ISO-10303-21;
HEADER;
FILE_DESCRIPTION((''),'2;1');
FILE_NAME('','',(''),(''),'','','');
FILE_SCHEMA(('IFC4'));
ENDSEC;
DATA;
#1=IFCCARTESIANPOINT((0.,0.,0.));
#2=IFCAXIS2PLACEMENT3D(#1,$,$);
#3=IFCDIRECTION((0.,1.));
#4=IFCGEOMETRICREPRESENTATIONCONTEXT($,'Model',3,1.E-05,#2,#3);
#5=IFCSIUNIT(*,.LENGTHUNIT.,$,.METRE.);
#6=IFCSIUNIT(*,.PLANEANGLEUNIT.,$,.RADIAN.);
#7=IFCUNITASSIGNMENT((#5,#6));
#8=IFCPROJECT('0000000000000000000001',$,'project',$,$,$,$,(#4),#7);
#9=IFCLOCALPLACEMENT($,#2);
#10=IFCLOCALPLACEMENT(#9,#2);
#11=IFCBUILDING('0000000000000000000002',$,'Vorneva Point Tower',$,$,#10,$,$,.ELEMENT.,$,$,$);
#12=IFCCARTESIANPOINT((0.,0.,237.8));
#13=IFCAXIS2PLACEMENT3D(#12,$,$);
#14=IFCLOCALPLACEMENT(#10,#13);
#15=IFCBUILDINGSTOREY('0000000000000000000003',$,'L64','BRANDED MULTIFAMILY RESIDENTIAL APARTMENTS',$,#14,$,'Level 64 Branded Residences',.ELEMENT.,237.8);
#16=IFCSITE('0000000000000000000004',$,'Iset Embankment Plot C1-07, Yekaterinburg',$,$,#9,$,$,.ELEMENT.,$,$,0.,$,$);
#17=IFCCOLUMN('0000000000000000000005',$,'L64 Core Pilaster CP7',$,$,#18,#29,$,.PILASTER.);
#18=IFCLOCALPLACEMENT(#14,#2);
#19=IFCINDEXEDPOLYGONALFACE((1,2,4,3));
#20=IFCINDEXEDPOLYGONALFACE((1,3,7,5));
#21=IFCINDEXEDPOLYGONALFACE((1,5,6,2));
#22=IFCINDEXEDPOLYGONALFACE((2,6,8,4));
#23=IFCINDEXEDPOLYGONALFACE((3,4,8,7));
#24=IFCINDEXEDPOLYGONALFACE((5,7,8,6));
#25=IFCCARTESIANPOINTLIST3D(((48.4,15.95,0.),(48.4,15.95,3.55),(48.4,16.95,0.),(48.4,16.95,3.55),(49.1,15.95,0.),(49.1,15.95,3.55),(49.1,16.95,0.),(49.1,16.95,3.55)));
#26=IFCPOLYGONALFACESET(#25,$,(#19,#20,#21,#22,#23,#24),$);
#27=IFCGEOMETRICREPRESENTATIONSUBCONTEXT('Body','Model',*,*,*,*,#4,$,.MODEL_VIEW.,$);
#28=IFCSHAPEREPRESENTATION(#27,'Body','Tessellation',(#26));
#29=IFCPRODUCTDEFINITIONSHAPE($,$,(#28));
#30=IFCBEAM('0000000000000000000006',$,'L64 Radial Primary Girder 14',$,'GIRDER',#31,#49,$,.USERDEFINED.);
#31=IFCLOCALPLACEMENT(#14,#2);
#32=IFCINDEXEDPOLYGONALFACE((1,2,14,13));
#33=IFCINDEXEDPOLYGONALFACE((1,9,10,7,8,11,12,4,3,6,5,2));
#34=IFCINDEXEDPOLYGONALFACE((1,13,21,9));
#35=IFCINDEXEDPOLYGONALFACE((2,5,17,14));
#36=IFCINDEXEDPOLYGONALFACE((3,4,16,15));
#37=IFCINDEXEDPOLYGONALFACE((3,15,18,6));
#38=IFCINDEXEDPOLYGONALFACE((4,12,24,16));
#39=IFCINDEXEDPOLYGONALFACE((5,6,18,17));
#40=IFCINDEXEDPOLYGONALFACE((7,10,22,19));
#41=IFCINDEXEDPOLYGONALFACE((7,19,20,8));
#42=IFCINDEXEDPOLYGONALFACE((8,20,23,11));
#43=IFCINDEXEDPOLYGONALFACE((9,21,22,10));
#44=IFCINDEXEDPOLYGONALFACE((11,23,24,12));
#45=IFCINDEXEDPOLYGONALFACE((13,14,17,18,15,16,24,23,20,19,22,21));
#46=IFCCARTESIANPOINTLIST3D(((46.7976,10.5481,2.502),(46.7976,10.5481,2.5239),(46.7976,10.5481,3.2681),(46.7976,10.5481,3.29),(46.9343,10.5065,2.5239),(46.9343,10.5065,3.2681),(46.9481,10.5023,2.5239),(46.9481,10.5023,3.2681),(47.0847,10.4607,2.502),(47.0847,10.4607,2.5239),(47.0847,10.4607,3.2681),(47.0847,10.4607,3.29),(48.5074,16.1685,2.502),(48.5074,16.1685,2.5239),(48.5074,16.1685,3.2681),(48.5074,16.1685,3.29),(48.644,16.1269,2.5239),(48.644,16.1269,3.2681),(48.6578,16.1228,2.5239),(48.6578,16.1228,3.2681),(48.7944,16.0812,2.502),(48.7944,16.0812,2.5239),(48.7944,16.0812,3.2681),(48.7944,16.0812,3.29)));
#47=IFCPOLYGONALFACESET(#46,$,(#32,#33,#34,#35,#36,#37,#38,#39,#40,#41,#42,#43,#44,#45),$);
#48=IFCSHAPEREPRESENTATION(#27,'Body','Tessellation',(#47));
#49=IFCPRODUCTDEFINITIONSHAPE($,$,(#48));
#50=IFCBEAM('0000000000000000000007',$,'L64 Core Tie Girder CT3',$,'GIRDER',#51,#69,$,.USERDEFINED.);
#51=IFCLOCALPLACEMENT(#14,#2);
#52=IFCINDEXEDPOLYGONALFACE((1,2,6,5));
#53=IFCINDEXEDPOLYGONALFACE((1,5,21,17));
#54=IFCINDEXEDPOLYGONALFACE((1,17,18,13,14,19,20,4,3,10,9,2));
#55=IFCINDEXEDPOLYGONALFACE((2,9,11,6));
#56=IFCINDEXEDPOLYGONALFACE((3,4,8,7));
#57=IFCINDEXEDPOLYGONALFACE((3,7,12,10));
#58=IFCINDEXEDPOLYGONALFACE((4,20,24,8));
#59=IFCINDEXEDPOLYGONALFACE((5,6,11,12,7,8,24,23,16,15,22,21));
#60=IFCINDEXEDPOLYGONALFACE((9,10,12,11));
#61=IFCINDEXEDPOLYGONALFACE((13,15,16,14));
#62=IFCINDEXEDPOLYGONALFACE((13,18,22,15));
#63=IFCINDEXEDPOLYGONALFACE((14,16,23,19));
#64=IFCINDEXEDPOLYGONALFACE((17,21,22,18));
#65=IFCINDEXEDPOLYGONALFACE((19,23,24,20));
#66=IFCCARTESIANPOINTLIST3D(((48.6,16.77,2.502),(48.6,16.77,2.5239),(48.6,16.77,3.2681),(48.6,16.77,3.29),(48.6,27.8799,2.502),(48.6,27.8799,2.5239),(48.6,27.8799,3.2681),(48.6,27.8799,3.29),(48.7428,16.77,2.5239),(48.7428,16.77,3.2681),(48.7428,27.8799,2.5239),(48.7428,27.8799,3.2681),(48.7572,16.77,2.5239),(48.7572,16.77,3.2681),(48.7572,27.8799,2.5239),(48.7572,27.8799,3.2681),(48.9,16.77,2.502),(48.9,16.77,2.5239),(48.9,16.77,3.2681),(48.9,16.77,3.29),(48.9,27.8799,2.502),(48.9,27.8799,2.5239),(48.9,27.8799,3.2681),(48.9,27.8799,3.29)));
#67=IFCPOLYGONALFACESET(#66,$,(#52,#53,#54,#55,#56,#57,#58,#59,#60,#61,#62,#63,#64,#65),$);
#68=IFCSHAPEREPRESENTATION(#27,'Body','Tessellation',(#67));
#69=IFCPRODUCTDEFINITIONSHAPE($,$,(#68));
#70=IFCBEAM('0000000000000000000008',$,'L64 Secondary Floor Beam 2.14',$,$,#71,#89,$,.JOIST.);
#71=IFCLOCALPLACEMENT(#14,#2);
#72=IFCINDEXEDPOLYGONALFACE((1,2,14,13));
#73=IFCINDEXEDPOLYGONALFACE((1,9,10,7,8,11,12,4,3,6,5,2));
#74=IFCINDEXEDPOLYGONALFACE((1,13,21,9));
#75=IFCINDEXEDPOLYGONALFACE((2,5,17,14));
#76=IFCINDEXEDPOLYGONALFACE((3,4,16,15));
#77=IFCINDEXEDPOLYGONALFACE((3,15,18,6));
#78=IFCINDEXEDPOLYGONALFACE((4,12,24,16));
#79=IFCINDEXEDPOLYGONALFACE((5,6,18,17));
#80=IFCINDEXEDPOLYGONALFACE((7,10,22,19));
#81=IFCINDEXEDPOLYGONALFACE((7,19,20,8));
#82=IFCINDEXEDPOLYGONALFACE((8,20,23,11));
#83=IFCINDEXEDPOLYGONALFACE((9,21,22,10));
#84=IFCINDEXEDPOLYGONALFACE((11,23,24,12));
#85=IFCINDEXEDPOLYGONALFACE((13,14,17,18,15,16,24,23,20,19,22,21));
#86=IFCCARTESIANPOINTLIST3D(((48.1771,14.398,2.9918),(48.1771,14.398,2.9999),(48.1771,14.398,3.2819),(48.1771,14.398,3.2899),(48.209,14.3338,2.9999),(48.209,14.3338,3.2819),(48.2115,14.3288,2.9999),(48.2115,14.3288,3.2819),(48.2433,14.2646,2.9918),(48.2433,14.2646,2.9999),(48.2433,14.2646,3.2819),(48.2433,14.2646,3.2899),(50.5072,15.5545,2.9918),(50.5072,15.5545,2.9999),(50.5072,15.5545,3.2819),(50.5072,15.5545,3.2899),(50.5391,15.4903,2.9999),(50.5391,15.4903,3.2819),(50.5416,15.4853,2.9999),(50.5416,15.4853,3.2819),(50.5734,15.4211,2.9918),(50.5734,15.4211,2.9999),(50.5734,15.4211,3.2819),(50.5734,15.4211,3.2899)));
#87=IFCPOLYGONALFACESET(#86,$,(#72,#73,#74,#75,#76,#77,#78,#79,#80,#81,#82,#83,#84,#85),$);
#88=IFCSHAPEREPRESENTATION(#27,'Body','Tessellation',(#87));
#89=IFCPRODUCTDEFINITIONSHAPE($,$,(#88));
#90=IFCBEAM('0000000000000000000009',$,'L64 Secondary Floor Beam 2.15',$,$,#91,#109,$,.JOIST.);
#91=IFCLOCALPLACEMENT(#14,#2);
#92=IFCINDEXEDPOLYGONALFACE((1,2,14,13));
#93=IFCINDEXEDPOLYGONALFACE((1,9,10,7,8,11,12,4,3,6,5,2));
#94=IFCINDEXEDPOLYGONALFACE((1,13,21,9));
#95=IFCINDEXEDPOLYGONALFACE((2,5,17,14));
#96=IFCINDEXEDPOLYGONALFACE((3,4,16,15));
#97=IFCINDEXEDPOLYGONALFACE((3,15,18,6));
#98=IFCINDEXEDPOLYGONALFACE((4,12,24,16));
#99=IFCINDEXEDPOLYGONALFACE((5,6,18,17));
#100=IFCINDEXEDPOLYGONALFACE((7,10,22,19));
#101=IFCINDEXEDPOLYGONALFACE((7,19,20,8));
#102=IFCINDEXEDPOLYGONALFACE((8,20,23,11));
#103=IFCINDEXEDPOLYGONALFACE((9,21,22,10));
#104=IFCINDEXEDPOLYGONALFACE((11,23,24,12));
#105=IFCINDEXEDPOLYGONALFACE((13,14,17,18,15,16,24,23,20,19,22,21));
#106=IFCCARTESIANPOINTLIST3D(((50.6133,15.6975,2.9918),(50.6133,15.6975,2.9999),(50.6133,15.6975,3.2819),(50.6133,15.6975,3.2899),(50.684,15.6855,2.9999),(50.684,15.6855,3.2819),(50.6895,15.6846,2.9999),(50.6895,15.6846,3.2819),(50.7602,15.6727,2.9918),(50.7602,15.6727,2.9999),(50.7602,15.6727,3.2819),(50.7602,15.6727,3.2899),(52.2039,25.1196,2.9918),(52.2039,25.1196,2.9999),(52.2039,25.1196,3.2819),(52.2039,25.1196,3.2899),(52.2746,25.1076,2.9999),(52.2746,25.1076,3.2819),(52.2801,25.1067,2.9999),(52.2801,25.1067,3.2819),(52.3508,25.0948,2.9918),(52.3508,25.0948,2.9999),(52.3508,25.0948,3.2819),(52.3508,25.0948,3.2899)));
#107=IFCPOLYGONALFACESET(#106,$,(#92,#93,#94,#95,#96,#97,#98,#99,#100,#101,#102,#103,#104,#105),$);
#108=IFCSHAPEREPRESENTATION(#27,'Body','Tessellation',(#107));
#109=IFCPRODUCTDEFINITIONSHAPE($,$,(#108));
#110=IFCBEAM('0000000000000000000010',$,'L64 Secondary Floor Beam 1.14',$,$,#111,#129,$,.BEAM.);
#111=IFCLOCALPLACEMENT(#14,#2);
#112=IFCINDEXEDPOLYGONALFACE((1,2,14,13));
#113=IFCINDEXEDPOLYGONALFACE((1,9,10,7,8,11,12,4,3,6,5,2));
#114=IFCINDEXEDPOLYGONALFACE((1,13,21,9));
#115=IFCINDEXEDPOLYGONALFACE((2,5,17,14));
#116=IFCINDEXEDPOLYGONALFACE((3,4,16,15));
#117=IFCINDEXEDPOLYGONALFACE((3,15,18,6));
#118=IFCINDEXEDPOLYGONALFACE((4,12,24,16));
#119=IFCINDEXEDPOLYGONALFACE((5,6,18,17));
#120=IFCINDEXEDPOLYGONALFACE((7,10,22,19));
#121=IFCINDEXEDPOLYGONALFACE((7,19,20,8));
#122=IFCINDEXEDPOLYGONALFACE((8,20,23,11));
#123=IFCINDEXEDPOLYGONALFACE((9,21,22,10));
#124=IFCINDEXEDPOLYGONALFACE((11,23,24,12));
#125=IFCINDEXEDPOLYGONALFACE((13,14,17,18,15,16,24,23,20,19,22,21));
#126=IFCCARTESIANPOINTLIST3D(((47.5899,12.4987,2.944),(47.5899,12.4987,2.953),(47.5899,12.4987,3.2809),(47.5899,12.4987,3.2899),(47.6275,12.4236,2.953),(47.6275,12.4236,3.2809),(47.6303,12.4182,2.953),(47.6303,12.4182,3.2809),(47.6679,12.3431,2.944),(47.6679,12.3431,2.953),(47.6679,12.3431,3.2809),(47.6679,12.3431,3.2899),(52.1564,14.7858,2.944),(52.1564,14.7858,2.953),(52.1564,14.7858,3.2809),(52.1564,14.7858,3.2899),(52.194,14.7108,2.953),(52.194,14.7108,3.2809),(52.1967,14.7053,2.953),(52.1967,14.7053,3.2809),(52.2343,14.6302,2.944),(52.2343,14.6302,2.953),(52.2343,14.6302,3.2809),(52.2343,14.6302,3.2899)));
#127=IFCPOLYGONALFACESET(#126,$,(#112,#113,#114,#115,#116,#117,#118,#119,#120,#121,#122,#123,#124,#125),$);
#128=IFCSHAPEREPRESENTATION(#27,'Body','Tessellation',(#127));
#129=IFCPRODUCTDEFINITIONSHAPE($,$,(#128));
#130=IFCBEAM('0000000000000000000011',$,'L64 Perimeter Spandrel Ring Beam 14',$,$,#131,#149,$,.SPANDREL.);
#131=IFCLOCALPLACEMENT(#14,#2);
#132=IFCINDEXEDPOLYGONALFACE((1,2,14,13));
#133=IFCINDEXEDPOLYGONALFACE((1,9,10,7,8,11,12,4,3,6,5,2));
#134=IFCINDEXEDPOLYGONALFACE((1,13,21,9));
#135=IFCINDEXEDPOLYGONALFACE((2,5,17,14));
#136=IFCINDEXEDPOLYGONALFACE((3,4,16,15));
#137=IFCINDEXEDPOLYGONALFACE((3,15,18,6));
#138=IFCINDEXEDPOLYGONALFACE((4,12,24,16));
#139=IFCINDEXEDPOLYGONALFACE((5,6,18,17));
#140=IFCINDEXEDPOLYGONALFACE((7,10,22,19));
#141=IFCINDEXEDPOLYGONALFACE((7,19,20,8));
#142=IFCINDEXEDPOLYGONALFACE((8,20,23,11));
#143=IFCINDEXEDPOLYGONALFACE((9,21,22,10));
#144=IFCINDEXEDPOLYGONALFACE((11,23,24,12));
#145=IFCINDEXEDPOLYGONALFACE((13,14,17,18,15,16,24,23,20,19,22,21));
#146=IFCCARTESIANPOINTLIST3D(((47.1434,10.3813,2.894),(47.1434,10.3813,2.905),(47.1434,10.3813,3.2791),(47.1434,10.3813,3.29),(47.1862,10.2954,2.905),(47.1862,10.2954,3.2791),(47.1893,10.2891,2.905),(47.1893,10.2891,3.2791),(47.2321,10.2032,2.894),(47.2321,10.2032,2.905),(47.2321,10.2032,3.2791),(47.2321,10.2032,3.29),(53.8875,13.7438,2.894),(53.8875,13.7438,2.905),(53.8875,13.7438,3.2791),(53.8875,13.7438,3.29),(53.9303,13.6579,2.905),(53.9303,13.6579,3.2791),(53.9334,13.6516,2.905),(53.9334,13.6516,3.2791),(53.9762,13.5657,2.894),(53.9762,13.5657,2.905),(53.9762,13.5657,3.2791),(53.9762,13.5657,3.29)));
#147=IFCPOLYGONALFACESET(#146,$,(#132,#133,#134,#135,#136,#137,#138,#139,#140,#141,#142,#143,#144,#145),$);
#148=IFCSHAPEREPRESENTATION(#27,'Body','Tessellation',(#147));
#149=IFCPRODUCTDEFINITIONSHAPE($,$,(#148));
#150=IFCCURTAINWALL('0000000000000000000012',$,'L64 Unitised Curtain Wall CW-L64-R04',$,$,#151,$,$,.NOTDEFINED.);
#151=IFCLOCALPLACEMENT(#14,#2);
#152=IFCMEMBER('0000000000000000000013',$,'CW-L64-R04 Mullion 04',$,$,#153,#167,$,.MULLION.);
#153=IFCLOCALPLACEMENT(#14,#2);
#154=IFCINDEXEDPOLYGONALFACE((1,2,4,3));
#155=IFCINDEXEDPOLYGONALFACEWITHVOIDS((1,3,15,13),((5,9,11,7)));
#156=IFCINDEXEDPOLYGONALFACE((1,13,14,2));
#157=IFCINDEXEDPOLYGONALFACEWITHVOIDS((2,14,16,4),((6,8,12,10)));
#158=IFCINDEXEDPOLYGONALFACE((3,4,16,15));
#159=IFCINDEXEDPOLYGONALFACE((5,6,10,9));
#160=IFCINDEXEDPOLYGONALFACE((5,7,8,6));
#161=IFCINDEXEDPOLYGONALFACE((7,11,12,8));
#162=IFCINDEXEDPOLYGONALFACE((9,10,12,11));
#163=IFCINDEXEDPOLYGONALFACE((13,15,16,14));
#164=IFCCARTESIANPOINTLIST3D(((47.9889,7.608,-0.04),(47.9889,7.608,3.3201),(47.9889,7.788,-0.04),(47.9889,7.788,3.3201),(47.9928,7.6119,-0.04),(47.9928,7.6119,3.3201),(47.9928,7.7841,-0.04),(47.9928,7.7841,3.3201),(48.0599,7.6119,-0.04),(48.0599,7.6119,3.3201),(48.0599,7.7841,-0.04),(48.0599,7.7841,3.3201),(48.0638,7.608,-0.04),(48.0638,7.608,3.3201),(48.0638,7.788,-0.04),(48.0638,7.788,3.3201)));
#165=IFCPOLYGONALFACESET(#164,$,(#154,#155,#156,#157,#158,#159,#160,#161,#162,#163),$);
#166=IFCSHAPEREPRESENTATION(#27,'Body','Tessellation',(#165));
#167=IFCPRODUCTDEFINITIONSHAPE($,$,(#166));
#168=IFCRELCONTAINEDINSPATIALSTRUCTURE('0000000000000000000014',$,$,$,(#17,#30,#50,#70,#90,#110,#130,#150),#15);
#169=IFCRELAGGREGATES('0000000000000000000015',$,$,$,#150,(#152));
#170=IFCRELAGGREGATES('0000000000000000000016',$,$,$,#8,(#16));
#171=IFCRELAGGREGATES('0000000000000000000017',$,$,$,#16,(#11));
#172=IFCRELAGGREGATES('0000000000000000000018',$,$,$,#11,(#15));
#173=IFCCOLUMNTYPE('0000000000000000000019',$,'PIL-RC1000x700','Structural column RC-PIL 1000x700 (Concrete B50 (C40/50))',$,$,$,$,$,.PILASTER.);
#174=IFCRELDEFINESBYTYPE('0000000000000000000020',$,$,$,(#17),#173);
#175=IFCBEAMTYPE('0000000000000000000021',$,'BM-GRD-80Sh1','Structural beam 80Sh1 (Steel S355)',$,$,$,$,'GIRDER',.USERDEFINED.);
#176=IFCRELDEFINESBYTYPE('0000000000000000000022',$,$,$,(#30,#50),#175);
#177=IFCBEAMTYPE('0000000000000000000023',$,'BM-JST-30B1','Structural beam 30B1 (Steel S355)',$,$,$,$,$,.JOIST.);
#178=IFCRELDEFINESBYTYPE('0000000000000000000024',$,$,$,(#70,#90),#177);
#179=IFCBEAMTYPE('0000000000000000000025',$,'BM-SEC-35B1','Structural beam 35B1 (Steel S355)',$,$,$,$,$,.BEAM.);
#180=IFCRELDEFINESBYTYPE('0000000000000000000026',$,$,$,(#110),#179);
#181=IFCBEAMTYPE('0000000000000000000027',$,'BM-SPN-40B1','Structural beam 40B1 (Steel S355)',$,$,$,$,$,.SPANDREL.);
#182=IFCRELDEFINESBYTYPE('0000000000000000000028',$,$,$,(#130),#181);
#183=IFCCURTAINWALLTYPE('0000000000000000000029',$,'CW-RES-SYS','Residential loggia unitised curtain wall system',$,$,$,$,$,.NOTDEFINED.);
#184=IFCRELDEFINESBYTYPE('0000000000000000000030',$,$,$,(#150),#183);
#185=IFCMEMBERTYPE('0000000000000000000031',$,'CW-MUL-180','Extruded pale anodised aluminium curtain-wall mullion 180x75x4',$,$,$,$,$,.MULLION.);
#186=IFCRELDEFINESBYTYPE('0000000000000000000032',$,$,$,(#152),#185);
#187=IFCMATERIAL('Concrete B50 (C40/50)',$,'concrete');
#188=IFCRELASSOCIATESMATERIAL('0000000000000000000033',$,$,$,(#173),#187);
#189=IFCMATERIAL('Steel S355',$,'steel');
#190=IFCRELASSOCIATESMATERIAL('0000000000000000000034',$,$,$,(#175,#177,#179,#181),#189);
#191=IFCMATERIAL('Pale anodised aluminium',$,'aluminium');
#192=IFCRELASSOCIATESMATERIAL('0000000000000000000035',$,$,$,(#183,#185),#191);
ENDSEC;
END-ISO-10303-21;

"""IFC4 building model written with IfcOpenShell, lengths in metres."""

from ifc_helpers import new_model, si_unit, direction, frame, origin, origin_2d, place, context, subcontext, project, spatial, rectangle, hollow_rectangle, i_section, extrude, material, material_profile, profile_set, type_object, element, aggregate, save


model = new_model("IFC4")

# Units and contexts
model_context = context("Model", 3, precision=1e-05, world=origin(), true_north=direction((0.0, 1.0)))
body_context = subcontext(model_context, "Body", "Model", "MODEL_VIEW")
ifc_project = project(units=[si_unit("LENGTHUNIT", "METRE"), si_unit("PLANEANGLEUNIT", "RADIAN")], contexts=[model_context])

# Site, building, storey
site_placement = place(None, origin())
site = spatial("IfcSite", under=ifc_project, at=site_placement, Name="Iset Embankment Plot C1-07, Yekaterinburg", CompositionType="ELEMENT", RefElevation=0.0)
building_placement = place(site_placement, origin())
building = spatial("IfcBuilding", under=site, at=building_placement, Name="Vorneva Point Tower", CompositionType="ELEMENT")
storey_placement = place(building_placement, frame((0.0, 0.0, 237.8)))
storey = spatial("IfcBuildingStorey", under=building, at=storey_placement, Name="L64", Description="BRANDED MULTIFAMILY RESIDENTIAL APARTMENTS", LongName="Level 64 Branded Residences", CompositionType="ELEMENT", Elevation=237.8)

# Column
ifc_material_1 = material(Name="Concrete B50 (C40/50)", Category="concrete")
ifc_material_profile_1 = material_profile(ifc_material_1, rectangle(XDim=0.7, YDim=1.0, at=origin_2d()), Name="RC-PIL 1000x700")
ifc_profile_set_1 = profile_set([ifc_material_profile_1], Name="Concrete B50 (C40/50)")
column_type_1 = type_object("IfcColumnType", Name="PIL-RC1000x700", Description="Structural column RC-PIL 1000x700 (Concrete B50 (C40/50))", PredefinedType="PILASTER", material=ifc_profile_set_1)
column_1_placement = place(storey_placement, frame((48.75, 16.45, 0.0), z_axis=(0.0, 0.0, 1.0), x_axis=(1.0, 0.0, 0.0)))
element("IfcColumn", 1, at=column_1_placement, inside=storey, type_object=column_type_1, Name="L64 Core Pilaster CP7", PredefinedType="PILASTER", context=body_context, shape_type="SweptSolid", body=[
    extrude(rectangle(XDim=0.7, YDim=1.0, at=origin_2d()), origin(), (0.0, 0.0, 1.0), 3.55),
])

# Beams
ifc_material_2 = material(Name="Steel S355", Category="steel")
ifc_material_profile_2 = material_profile(ifc_material_2, i_section(OverallWidth=0.3, OverallDepth=0.7881, WebThickness=0.0144, FlangeThickness=0.022, at=origin_2d()), Name="80Sh1")
ifc_profile_set_2 = profile_set([ifc_material_profile_2], Name="Steel S355")
beam_type_1 = type_object("IfcBeamType", Name="BM-GRD-80Sh1", Description="Structural beam 80Sh1 (Steel S355)", ElementType="GIRDER", PredefinedType="USERDEFINED", material=ifc_profile_set_2)
beam_1_placement = place(storey_placement, frame((46.9412, 10.5044, 2.896), z_axis=(0.291033, 0.956713, 0.0), x_axis=(-0.956713, 0.291033, 0.0)))
element("IfcBeam", 2, at=beam_1_placement, inside=storey, type_object=beam_type_1, Name="L64 Radial Primary Girder 14", ObjectType="GIRDER", PredefinedType="USERDEFINED", context=body_context, shape_type="SweptSolid", body=[
    extrude(i_section(OverallWidth=0.3, OverallDepth=0.7881, WebThickness=0.0144, FlangeThickness=0.022, at=origin_2d()), origin(), (0.0, 0.0, 1.0), 5.8748),
])
beam_2_placement = place(storey_placement, frame((48.75, 16.77, 2.896), z_axis=(0.0, 1.0, 0.0), x_axis=(-1.0, 0.0, 0.0)))
element("IfcBeam", 3, at=beam_2_placement, inside=storey, type_object=beam_type_1, Name="L64 Core Tie Girder CT3", ObjectType="GIRDER", PredefinedType="USERDEFINED", context=body_context, shape_type="SweptSolid", body=[
    extrude(i_section(OverallWidth=0.3, OverallDepth=0.7881, WebThickness=0.0144, FlangeThickness=0.022, at=origin_2d()), origin(), (0.0, 0.0, 1.0), 11.1099),
])
ifc_material_profile_3 = material_profile(ifc_material_2, i_section(OverallWidth=0.1489, OverallDepth=0.2981, WebThickness=0.0056, FlangeThickness=0.0081, at=origin_2d()), Name="30B1")
ifc_profile_set_3 = profile_set([ifc_material_profile_3], Name="Steel S355")
beam_type_2 = type_object("IfcBeamType", Name="BM-JST-30B1", Description="Structural beam 30B1 (Steel S355)", PredefinedType="JOIST", material=ifc_profile_set_3)
beam_3_placement = place(storey_placement, frame((48.2102, 14.3313, 3.1409), z_axis=(0.895737, 0.444584, 0.0), x_axis=(-0.444584, 0.895737, 0.0)))
element("IfcBeam", 4, at=beam_3_placement, inside=storey, type_object=beam_type_2, Name="L64 Secondary Floor Beam 2.14", PredefinedType="JOIST", context=body_context, shape_type="SweptSolid", body=[
    extrude(i_section(OverallWidth=0.1489, OverallDepth=0.2981, WebThickness=0.0056, FlangeThickness=0.0081, at=origin_2d()), origin(), (0.0, 0.0, 1.0), 2.6013),
])
beam_4_placement = place(storey_placement, frame((50.6868, 15.6851, 3.1409), z_axis=(0.166458, 0.986049, 0.0), x_axis=(-0.986049, 0.166458, 0.0)))
element("IfcBeam", 5, at=beam_4_placement, inside=storey, type_object=beam_type_2, Name="L64 Secondary Floor Beam 2.15", PredefinedType="JOIST", context=body_context, shape_type="SweptSolid", body=[
    extrude(i_section(OverallWidth=0.1489, OverallDepth=0.2981, WebThickness=0.0056, FlangeThickness=0.0081, at=origin_2d()), origin(), (0.0, 0.0, 1.0), 9.5554),
])
ifc_material_profile_4 = material_profile(ifc_material_2, i_section(OverallWidth=0.1741, OverallDepth=0.3459, WebThickness=0.0061, FlangeThickness=0.009, at=origin_2d()), Name="35B1")
ifc_profile_set_4 = profile_set([ifc_material_profile_4], Name="Steel S355")
beam_type_3 = type_object("IfcBeamType", Name="BM-SEC-35B1", Description="Structural beam 35B1 (Steel S355)", PredefinedType="BEAM", material=ifc_profile_set_4)
beam_5_placement = place(storey_placement, frame((47.6289, 12.4209, 3.1169), z_axis=(0.894121, 0.447825, 0.0), x_axis=(-0.447825, 0.894121, 0.0)))
element("IfcBeam", 6, at=beam_5_placement, inside=storey, type_object=beam_type_3, Name="L64 Secondary Floor Beam 1.14", PredefinedType="BEAM", context=body_context, shape_type="SweptSolid", body=[
    extrude(i_section(OverallWidth=0.1741, OverallDepth=0.3459, WebThickness=0.0061, FlangeThickness=0.009, at=origin_2d()), origin(), (0.0, 0.0, 1.0), 5.1072),
])
ifc_material_profile_5 = material_profile(ifc_material_2, i_section(OverallWidth=0.199, OverallDepth=0.396, WebThickness=0.0071, FlangeThickness=0.011, at=origin_2d()), Name="40B1")
ifc_profile_set_5 = profile_set([ifc_material_profile_5], Name="Steel S355")
beam_type_4 = type_object("IfcBeamType", Name="BM-SPN-40B1", Description="Structural beam 40B1 (Steel S355)", PredefinedType="SPANDREL", material=ifc_profile_set_5)
beam_6_placement = place(storey_placement, frame((47.1877, 10.2922, 3.092), z_axis=(0.894932, 0.446203, 0.0), x_axis=(-0.446203, 0.894932, 0.0)))
element("IfcBeam", 7, at=beam_6_placement, inside=storey, type_object=beam_type_4, Name="L64 Perimeter Spandrel Ring Beam 14", PredefinedType="SPANDREL", context=body_context, shape_type="SweptSolid", body=[
    extrude(i_section(OverallWidth=0.199, OverallDepth=0.396, WebThickness=0.0071, FlangeThickness=0.011, at=origin_2d()), origin(), (0.0, 0.0, 1.0), 7.5359),
])

# Curtain wall, member
ifc_material_3 = material(Name="Pale anodised aluminium", Category="aluminium")
curtain_wall_type = type_object("IfcCurtainWallType", Name="CW-RES-SYS", Description="Residential loggia unitised curtain wall system", PredefinedType="NOTDEFINED", material=ifc_material_3)
curtain_wall_placement = place(storey_placement, origin())
curtain_wall = element("IfcCurtainWall", 8, at=curtain_wall_placement, inside=storey, type_object=curtain_wall_type, Name="L64 Unitised Curtain Wall CW-L64-R04", PredefinedType="NOTDEFINED")
ifc_material_profile_6 = material_profile(ifc_material_3, hollow_rectangle(XDim=0.075, YDim=0.1799, WallThickness=0.0039, at=origin_2d()), Name="AL-MUL 180x75x4")
ifc_profile_set_6 = profile_set([ifc_material_profile_6], Name="Pale anodised aluminium")
member_type_1 = type_object("IfcMemberType", Name="CW-MUL-180", Description="Extruded pale anodised aluminium curtain-wall mullion 180x75x4", PredefinedType="MULLION", material=ifc_profile_set_6)
member_1_placement = place(storey_placement, frame((48.0264, 7.698, -0.04), z_axis=(0.0, 0.0, 1.0), x_axis=(1.0, 0.0, 0.0)))
member_1 = element("IfcMember", 9, at=member_1_placement, type_object=member_type_1, Name="CW-L64-R04 Mullion 04", PredefinedType="MULLION", context=body_context, shape_type="SweptSolid", body=[
    extrude(hollow_rectangle(XDim=0.075, YDim=0.1799, WallThickness=0.0039, at=origin_2d()), origin(), (0.0, 0.0, 1.0), 3.3601),
])
aggregate(curtain_wall, [member_1])

save(model, "model.ifc")
